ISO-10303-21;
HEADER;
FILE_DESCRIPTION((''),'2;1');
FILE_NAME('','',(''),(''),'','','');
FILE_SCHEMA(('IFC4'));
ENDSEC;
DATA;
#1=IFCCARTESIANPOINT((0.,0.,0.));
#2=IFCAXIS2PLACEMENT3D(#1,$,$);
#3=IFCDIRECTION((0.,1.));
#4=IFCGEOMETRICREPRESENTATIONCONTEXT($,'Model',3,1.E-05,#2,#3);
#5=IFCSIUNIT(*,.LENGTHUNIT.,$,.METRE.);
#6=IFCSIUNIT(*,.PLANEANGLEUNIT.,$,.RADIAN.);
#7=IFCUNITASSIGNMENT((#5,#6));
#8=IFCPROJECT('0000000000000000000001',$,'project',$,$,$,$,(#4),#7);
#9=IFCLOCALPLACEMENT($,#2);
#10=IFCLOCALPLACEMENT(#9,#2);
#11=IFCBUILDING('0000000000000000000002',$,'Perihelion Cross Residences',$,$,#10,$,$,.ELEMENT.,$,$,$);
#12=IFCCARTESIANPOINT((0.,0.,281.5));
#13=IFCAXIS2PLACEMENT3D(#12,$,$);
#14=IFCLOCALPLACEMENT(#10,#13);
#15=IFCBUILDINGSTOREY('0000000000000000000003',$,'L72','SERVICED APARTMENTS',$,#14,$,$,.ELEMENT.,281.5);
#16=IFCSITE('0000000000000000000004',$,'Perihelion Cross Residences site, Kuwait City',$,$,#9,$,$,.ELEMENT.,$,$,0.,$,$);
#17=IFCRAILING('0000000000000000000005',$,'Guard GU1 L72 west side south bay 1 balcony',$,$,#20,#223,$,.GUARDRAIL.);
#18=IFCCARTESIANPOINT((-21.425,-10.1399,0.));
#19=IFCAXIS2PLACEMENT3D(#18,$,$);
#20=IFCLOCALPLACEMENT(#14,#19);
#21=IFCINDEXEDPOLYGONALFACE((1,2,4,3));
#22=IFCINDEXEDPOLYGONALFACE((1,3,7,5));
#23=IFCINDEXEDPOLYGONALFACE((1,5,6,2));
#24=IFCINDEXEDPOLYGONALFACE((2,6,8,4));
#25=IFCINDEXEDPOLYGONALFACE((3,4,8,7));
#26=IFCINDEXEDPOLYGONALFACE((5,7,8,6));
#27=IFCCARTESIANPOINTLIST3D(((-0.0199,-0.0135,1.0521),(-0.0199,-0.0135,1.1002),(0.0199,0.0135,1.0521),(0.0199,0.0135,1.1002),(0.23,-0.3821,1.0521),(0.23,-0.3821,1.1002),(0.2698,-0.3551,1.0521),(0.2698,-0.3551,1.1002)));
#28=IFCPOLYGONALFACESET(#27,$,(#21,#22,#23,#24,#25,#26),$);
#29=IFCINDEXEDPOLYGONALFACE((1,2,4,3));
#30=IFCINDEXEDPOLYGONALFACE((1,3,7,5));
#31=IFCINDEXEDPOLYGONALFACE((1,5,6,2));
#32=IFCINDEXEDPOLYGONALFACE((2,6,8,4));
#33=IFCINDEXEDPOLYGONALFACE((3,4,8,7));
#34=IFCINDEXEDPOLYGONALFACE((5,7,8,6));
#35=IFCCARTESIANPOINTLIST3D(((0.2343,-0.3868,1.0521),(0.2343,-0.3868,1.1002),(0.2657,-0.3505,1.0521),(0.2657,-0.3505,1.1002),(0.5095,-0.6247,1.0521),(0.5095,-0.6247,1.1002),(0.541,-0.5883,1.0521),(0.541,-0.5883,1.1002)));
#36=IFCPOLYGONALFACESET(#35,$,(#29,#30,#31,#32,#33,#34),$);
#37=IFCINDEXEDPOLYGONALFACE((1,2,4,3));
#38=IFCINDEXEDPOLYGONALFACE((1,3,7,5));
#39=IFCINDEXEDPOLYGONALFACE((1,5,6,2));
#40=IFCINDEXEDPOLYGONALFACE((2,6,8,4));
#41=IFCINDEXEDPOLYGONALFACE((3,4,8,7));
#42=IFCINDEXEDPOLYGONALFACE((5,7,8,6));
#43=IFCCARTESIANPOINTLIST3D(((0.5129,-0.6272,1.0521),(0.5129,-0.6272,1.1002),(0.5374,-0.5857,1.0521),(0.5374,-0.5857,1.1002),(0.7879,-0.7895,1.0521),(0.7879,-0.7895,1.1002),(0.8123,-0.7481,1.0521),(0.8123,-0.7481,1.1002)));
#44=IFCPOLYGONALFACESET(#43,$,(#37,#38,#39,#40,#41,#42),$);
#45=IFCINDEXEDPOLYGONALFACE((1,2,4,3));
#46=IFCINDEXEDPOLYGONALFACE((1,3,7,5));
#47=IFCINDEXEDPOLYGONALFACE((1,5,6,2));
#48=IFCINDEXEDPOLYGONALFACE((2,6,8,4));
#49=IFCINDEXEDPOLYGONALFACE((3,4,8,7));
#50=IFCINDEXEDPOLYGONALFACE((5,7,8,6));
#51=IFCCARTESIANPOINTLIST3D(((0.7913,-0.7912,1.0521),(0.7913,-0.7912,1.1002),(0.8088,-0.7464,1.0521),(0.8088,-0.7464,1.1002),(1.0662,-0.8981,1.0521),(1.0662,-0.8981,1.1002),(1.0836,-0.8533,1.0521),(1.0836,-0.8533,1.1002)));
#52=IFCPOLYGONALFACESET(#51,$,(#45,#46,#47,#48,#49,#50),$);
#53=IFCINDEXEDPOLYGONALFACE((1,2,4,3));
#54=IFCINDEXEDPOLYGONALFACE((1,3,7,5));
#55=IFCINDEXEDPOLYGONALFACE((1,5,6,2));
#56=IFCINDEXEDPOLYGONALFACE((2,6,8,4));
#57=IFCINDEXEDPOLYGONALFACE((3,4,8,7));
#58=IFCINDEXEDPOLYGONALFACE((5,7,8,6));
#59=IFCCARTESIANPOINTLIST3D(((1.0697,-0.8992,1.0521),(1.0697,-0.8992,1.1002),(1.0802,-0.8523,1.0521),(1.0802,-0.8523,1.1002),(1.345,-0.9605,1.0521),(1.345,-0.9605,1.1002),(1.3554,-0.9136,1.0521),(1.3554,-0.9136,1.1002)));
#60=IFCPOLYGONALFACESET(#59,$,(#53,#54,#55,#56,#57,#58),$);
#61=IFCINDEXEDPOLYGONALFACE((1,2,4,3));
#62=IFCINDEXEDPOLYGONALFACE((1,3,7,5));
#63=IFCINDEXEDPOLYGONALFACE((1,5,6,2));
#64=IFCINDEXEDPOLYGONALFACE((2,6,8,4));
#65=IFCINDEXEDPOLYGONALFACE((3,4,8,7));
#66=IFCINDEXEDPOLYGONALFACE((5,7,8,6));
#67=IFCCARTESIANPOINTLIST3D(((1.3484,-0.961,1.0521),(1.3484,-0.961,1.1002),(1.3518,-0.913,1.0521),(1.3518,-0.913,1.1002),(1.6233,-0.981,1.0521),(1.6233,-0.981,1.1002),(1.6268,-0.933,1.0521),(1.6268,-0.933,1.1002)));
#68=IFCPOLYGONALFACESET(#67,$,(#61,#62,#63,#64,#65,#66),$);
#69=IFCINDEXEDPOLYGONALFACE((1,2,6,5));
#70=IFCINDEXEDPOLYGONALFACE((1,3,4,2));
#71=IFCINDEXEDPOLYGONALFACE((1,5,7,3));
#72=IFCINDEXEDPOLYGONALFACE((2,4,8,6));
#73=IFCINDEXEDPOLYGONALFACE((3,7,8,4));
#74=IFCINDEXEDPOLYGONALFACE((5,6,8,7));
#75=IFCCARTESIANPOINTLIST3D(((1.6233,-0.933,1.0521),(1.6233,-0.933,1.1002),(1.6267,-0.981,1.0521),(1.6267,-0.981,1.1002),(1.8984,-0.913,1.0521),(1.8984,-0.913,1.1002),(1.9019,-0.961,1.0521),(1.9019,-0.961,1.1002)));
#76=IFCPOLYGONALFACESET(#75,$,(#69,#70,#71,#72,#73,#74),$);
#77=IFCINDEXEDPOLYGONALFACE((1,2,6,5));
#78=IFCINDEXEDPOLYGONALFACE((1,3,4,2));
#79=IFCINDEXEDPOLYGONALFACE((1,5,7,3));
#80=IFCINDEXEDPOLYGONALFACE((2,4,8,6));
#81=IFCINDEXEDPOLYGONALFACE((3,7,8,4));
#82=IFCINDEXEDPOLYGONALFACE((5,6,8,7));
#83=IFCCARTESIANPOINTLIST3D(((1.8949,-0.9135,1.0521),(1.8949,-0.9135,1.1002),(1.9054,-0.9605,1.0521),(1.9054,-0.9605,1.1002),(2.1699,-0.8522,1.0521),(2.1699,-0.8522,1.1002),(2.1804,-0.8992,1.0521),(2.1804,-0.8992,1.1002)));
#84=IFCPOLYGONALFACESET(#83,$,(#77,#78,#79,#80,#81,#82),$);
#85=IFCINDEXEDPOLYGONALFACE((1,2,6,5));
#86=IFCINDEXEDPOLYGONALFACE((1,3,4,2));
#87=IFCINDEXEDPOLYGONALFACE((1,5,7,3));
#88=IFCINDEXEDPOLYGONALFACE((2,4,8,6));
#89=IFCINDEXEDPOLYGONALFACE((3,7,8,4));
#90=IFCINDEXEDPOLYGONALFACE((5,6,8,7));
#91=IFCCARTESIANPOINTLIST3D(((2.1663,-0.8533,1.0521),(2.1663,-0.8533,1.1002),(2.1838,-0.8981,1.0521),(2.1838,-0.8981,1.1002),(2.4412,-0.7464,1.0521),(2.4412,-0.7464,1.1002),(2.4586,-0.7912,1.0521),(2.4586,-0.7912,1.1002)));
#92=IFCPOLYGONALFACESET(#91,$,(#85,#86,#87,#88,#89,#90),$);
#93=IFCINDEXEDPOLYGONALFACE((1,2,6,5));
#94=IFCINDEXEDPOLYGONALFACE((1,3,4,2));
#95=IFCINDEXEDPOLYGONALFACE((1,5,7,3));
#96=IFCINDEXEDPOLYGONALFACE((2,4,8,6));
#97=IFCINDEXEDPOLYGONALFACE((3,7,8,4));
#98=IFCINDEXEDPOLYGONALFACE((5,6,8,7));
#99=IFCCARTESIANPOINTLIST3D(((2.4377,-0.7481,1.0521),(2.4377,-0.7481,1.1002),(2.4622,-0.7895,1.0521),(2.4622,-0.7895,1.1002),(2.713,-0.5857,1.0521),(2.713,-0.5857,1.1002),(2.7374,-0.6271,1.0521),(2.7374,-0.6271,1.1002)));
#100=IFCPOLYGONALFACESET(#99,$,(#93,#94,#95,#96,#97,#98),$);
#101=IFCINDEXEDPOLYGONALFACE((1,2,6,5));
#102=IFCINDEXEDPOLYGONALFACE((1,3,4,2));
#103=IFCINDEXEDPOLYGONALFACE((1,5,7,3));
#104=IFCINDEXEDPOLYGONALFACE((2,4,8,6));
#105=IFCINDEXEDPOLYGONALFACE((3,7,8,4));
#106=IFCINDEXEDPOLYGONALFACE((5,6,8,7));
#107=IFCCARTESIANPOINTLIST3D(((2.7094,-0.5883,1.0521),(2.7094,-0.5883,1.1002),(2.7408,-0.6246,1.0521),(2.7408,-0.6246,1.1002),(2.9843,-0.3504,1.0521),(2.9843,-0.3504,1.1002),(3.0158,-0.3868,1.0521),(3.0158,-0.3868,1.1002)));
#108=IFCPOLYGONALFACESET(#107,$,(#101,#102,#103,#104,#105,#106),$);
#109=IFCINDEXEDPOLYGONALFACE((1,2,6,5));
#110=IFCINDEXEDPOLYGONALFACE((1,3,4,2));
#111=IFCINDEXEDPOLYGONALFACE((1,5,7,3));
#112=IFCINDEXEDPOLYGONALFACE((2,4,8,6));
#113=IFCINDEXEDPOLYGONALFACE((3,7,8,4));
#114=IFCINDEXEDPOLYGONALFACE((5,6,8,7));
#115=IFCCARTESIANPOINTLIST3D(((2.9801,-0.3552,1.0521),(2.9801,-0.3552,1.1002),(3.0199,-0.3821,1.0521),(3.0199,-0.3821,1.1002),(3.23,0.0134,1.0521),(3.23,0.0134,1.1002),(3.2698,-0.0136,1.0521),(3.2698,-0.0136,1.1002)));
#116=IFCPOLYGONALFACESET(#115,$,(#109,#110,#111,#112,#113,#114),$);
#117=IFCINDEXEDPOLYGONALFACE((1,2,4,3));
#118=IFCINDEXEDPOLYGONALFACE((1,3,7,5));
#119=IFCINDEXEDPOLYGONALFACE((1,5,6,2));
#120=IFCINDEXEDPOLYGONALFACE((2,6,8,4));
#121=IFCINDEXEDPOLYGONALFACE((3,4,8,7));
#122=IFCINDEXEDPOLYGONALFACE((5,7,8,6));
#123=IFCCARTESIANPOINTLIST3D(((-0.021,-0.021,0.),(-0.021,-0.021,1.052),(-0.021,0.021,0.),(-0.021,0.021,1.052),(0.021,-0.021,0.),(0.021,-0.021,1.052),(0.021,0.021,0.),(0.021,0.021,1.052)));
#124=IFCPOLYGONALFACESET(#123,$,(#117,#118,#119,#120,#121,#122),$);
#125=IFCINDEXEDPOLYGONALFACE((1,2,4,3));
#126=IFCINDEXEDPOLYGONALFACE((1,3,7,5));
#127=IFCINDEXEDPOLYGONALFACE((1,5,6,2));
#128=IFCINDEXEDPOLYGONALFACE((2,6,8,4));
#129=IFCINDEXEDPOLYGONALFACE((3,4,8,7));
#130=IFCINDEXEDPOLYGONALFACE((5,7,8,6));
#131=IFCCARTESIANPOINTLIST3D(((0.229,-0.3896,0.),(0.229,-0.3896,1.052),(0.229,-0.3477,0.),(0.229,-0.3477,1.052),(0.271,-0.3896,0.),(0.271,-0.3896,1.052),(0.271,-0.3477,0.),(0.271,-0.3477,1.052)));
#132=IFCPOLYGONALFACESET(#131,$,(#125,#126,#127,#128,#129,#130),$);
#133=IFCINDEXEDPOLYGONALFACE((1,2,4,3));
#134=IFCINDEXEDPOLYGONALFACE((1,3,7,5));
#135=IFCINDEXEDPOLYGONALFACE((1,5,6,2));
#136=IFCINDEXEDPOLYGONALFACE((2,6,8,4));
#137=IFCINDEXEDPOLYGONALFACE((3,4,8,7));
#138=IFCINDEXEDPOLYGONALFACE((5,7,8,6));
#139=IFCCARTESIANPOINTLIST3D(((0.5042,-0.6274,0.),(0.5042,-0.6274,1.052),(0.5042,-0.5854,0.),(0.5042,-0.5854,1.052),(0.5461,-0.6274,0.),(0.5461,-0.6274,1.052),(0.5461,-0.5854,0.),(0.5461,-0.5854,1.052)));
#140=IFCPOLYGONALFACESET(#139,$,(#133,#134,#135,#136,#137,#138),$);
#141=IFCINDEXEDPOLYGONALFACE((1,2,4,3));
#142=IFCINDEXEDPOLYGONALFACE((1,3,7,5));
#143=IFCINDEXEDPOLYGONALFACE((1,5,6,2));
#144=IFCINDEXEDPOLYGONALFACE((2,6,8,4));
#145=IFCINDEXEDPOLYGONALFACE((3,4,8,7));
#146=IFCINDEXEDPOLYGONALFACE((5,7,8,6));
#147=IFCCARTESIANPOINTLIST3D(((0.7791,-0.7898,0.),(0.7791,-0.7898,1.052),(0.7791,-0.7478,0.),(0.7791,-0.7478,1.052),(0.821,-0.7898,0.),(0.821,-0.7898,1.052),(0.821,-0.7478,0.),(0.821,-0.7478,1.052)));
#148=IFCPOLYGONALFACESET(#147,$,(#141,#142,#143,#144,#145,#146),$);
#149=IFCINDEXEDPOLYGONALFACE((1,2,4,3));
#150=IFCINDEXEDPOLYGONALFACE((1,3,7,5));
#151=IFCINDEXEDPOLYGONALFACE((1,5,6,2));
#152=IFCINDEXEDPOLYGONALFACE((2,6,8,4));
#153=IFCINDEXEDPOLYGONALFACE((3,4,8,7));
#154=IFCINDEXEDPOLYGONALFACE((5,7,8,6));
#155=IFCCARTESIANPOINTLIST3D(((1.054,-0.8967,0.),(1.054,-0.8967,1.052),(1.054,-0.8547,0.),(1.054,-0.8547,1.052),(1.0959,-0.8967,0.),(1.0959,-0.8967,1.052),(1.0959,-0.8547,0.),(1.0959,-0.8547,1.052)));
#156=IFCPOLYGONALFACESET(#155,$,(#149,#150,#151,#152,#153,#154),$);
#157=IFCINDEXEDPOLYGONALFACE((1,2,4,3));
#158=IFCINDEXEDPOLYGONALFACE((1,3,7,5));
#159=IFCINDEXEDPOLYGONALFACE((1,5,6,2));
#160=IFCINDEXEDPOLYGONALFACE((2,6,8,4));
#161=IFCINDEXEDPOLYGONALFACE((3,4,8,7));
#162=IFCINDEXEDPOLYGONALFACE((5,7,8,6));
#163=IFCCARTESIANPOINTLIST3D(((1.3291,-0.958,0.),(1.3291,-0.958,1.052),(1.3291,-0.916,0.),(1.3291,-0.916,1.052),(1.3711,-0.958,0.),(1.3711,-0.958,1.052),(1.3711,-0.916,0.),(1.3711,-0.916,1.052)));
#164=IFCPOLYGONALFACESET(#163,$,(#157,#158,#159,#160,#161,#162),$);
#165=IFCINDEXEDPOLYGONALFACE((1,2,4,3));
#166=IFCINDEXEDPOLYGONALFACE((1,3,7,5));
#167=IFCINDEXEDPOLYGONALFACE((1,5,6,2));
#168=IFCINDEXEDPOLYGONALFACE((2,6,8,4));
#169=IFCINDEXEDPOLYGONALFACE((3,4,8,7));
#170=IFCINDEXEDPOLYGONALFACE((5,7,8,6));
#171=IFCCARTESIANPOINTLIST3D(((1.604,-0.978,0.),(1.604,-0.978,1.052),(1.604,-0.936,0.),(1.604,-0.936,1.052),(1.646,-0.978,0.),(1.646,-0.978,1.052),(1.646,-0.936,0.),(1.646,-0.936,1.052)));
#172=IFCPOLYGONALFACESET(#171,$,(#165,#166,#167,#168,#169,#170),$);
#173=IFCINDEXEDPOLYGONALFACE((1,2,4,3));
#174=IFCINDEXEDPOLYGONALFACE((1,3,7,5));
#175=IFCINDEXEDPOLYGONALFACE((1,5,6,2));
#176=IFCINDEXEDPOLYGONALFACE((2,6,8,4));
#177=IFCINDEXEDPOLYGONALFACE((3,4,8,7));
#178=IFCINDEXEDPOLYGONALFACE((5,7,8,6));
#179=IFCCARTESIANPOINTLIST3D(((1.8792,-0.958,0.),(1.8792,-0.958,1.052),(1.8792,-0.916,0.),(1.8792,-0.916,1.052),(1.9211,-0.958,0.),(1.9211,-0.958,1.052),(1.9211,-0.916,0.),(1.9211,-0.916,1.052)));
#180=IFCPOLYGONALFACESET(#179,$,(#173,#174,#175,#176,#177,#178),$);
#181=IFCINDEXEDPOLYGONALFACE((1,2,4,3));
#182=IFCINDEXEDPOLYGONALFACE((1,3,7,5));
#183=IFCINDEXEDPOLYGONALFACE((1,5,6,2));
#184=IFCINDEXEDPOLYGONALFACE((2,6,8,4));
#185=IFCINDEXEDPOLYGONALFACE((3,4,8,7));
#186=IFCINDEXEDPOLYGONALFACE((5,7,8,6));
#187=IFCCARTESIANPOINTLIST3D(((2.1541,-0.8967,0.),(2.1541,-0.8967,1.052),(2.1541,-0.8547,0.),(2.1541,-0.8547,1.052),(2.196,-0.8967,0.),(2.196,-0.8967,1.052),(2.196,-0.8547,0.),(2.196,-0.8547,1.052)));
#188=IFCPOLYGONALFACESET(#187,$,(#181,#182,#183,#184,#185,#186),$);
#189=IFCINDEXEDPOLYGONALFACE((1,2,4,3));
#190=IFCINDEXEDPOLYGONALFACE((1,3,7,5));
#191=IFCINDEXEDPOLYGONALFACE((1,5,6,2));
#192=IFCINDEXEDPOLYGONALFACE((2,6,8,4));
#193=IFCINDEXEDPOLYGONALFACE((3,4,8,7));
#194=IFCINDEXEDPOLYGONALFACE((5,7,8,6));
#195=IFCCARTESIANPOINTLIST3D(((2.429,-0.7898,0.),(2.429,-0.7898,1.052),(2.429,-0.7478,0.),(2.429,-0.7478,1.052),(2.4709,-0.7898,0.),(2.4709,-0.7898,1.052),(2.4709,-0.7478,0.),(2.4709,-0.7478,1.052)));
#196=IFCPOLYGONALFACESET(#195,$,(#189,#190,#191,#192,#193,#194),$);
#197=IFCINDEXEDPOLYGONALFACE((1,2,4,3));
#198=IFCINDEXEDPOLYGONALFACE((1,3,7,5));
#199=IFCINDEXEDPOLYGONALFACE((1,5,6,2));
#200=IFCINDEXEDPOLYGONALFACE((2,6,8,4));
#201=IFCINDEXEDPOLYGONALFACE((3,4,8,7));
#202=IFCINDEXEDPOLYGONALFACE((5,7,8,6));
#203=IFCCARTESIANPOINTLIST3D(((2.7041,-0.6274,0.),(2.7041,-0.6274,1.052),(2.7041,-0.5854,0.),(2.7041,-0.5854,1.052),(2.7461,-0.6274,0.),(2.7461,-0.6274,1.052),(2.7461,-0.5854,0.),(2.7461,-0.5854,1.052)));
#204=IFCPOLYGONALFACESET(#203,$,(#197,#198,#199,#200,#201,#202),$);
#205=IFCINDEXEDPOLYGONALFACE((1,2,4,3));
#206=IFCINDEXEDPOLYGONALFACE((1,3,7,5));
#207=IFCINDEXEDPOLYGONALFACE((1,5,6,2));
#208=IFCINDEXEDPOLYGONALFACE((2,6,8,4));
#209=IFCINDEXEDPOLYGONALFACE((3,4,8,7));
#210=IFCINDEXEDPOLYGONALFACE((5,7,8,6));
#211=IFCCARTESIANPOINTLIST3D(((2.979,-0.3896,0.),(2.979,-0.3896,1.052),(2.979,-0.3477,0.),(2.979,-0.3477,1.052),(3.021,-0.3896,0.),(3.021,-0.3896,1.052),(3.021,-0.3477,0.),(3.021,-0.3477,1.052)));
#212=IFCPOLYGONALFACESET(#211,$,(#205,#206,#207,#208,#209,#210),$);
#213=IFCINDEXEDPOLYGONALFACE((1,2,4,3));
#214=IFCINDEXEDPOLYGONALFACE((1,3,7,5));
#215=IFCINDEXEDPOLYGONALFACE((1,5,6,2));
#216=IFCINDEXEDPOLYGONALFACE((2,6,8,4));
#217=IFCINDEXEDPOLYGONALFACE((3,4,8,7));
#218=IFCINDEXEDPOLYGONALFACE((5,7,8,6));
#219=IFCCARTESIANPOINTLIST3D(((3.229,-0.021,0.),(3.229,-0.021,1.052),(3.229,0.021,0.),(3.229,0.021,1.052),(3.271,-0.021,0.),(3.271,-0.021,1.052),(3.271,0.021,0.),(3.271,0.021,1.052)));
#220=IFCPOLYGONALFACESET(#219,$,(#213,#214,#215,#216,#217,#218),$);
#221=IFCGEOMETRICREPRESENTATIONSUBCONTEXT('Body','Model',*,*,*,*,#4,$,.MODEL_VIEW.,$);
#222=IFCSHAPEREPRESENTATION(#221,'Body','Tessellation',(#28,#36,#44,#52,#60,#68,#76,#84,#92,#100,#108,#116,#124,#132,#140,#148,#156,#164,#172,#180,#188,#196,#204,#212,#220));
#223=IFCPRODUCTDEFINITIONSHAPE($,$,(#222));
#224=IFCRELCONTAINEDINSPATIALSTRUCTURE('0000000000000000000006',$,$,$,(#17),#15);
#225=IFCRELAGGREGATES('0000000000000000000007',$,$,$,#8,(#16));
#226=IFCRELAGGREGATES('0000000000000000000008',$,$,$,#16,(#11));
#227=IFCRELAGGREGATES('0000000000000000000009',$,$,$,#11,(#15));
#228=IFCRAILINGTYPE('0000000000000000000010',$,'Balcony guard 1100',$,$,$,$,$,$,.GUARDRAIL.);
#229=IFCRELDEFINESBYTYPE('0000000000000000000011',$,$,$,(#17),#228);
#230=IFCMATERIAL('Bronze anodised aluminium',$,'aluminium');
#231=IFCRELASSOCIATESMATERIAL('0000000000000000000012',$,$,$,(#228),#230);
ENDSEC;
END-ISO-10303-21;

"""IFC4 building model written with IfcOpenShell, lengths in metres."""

from ifc_helpers import new_model, si_unit, direction, frame, origin, origin_2d, place, context, subcontext, project, spatial, rectangle, extrude, material, type_object, element, save


model = new_model("IFC4")

# Units and contexts
model_context = context("Model", 3, precision=1e-05, world=origin(), true_north=direction((0.0, 1.0)))
body_context = subcontext(model_context, "Body", "Model", "MODEL_VIEW")
ifc_project = project(units=[si_unit("LENGTHUNIT", "METRE"), si_unit("PLANEANGLEUNIT", "RADIAN")], contexts=[model_context])

# Site, building, storey
site_placement = place(None, origin())
site = spatial("IfcSite", under=ifc_project, at=site_placement, Name="Perihelion Cross Residences site, Kuwait City", CompositionType="ELEMENT", RefElevation=0.0)
building_placement = place(site_placement, origin())
building = spatial("IfcBuilding", under=site, at=building_placement, Name="Perihelion Cross Residences", CompositionType="ELEMENT")
storey_placement = place(building_placement, frame((0.0, 0.0, 281.5)))
storey = spatial("IfcBuildingStorey", under=building, at=storey_placement, Name="L72", Description="SERVICED APARTMENTS", CompositionType="ELEMENT", Elevation=281.5)

# Railing
ifc_material_1 = material(Name="Bronze anodised aluminium", Category="aluminium")
railing_type_1 = type_object("IfcRailingType", Name="Balcony guard 1100", PredefinedType="GUARDRAIL", material=ifc_material_1)
railing_1_placement = place(storey_placement, frame((-21.425, -10.1399, 0.0)))
element("IfcRailing", 1, at=railing_1_placement, inside=storey, type_object=railing_type_1, Name="Guard GU1 L72 west side south bay 1 balcony", PredefinedType="GUARDRAIL", context=body_context, shape_type="SweptSolid", body=[
    extrude(rectangle(XDim=0.0481, YDim=0.0481, at=origin_2d()), frame((0.0, 0.0, 1.0762), z_axis=(0.56126, -0.827639, 0.0), x_axis=(0.827639, 0.56126, 0.0)), (0.0, 0.0, 1.0), 0.4453),
    extrude(rectangle(XDim=0.0481, YDim=0.0481, at=origin_2d()), frame((0.25, -0.3687, 1.0762), z_axis=(0.756597, -0.653882, 0.0), x_axis=(0.653882, 0.756597, 0.0)), (0.0, 0.0, 1.0), 0.3638),
    extrude(rectangle(XDim=0.0481, YDim=0.0481, at=origin_2d()), frame((0.5251, -0.6064, 1.0762), z_axis=(0.861048, -0.508523, 0.0), x_axis=(0.508523, 0.861048, 0.0)), (0.0, 0.0, 1.0), 0.3193),
    extrude(rectangle(XDim=0.0481, YDim=0.0481, at=origin_2d()), frame((0.8, -0.7688, 1.0762), z_axis=(0.931974, -0.362526, 0.0), x_axis=(0.362526, 0.931974, 0.0)), (0.0, 0.0, 1.0), 0.2949),
    extrude(rectangle(XDim=0.0481, YDim=0.0481, at=origin_2d()), frame((1.075, -0.8757, 1.0762), z_axis=(0.976085, -0.217389, 0.0), x_axis=(0.217389, 0.976085, 0.0)), (0.0, 0.0, 1.0), 0.282),
    extrude(rectangle(XDim=0.0481, YDim=0.0481, at=origin_2d()), frame((1.3501, -0.937, 1.0762), z_axis=(0.997359, -0.072632, 0.0), x_axis=(0.072632, 0.997359, 0.0)), (0.0, 0.0, 1.0), 0.2756),
    extrude(rectangle(XDim=0.0481, YDim=0.0481, at=origin_2d()), frame((1.625, -0.957, 1.0762), z_axis=(0.997363, 0.072568, 0.0), x_axis=(-0.072568, 0.997363, 0.0)), (0.0, 0.0, 1.0), 0.2759),
    extrude(rectangle(XDim=0.0481, YDim=0.0481, at=origin_2d()), frame((1.9001, -0.937, 1.0762), z_axis=(0.976044, 0.217573, 0.0), x_axis=(-0.217573, 0.976044, 0.0)), (0.0, 0.0, 1.0), 0.2817),
    extrude(rectangle(XDim=0.0481, YDim=0.0481, at=origin_2d()), frame((2.175, -0.8757, 1.0762), z_axis=(0.931974, 0.362526, 0.0), x_axis=(-0.362526, 0.931974, 0.0)), (0.0, 0.0, 1.0), 0.2949),
    extrude(rectangle(XDim=0.0481, YDim=0.0481, at=origin_2d()), frame((2.45, -0.7688, 1.0762), z_axis=(0.861246, 0.508189, 0.0), x_axis=(-0.508189, 0.861246, 0.0)), (0.0, 0.0, 1.0), 0.3196),
    extrude(rectangle(XDim=0.0481, YDim=0.0481, at=origin_2d()), frame((2.7251, -0.6064, 1.0762), z_axis=(0.756309, 0.654214, 0.0), x_axis=(-0.654214, 0.756309, 0.0)), (0.0, 0.0, 1.0), 0.3635),
    extrude(rectangle(XDim=0.0481, YDim=0.0481, at=origin_2d()), frame((3.0, -0.3687, 1.0762), z_axis=(0.56126, 0.827639, 0.0), x_axis=(-0.827639, 0.56126, 0.0)), (0.0, 0.0, 1.0), 0.4453),
    extrude(rectangle(XDim=0.042, YDim=0.042, at=origin_2d()), origin(), (0.0, 0.0, 1.0), 1.052),
    extrude(rectangle(XDim=0.042, YDim=0.042, at=origin_2d()), frame((0.25, -0.3687, 0.0)), (0.0, 0.0, 1.0), 1.052),
    extrude(rectangle(XDim=0.042, YDim=0.042, at=origin_2d()), frame((0.5251, -0.6064, 0.0)), (0.0, 0.0, 1.0), 1.052),
    extrude(rectangle(XDim=0.042, YDim=0.042, at=origin_2d()), frame((0.8, -0.7688, 0.0)), (0.0, 0.0, 1.0), 1.052),
    extrude(rectangle(XDim=0.042, YDim=0.042, at=origin_2d()), frame((1.075, -0.8757, 0.0)), (0.0, 0.0, 1.0), 1.052),
    extrude(rectangle(XDim=0.042, YDim=0.042, at=origin_2d()), frame((1.3501, -0.937, 0.0)), (0.0, 0.0, 1.0), 1.052),
    extrude(rectangle(XDim=0.042, YDim=0.042, at=origin_2d()), frame((1.625, -0.957, 0.0)), (0.0, 0.0, 1.0), 1.052),
    extrude(rectangle(XDim=0.042, YDim=0.042, at=origin_2d()), frame((1.9001, -0.937, 0.0)), (0.0, 0.0, 1.0), 1.052),
    extrude(rectangle(XDim=0.042, YDim=0.042, at=origin_2d()), frame((2.175, -0.8757, 0.0)), (0.0, 0.0, 1.0), 1.052),
    extrude(rectangle(XDim=0.042, YDim=0.042, at=origin_2d()), frame((2.45, -0.7688, 0.0)), (0.0, 0.0, 1.0), 1.052),
    extrude(rectangle(XDim=0.042, YDim=0.042, at=origin_2d()), frame((2.7251, -0.6064, 0.0)), (0.0, 0.0, 1.0), 1.052),
    extrude(rectangle(XDim=0.042, YDim=0.042, at=origin_2d()), frame((3.0, -0.3687, 0.0)), (0.0, 0.0, 1.0), 1.052),
    extrude(rectangle(XDim=0.042, YDim=0.042, at=origin_2d()), frame((3.25, 0.0, 0.0)), (0.0, 0.0, 1.0), 1.052),
])

save(model, "model.ifc")
